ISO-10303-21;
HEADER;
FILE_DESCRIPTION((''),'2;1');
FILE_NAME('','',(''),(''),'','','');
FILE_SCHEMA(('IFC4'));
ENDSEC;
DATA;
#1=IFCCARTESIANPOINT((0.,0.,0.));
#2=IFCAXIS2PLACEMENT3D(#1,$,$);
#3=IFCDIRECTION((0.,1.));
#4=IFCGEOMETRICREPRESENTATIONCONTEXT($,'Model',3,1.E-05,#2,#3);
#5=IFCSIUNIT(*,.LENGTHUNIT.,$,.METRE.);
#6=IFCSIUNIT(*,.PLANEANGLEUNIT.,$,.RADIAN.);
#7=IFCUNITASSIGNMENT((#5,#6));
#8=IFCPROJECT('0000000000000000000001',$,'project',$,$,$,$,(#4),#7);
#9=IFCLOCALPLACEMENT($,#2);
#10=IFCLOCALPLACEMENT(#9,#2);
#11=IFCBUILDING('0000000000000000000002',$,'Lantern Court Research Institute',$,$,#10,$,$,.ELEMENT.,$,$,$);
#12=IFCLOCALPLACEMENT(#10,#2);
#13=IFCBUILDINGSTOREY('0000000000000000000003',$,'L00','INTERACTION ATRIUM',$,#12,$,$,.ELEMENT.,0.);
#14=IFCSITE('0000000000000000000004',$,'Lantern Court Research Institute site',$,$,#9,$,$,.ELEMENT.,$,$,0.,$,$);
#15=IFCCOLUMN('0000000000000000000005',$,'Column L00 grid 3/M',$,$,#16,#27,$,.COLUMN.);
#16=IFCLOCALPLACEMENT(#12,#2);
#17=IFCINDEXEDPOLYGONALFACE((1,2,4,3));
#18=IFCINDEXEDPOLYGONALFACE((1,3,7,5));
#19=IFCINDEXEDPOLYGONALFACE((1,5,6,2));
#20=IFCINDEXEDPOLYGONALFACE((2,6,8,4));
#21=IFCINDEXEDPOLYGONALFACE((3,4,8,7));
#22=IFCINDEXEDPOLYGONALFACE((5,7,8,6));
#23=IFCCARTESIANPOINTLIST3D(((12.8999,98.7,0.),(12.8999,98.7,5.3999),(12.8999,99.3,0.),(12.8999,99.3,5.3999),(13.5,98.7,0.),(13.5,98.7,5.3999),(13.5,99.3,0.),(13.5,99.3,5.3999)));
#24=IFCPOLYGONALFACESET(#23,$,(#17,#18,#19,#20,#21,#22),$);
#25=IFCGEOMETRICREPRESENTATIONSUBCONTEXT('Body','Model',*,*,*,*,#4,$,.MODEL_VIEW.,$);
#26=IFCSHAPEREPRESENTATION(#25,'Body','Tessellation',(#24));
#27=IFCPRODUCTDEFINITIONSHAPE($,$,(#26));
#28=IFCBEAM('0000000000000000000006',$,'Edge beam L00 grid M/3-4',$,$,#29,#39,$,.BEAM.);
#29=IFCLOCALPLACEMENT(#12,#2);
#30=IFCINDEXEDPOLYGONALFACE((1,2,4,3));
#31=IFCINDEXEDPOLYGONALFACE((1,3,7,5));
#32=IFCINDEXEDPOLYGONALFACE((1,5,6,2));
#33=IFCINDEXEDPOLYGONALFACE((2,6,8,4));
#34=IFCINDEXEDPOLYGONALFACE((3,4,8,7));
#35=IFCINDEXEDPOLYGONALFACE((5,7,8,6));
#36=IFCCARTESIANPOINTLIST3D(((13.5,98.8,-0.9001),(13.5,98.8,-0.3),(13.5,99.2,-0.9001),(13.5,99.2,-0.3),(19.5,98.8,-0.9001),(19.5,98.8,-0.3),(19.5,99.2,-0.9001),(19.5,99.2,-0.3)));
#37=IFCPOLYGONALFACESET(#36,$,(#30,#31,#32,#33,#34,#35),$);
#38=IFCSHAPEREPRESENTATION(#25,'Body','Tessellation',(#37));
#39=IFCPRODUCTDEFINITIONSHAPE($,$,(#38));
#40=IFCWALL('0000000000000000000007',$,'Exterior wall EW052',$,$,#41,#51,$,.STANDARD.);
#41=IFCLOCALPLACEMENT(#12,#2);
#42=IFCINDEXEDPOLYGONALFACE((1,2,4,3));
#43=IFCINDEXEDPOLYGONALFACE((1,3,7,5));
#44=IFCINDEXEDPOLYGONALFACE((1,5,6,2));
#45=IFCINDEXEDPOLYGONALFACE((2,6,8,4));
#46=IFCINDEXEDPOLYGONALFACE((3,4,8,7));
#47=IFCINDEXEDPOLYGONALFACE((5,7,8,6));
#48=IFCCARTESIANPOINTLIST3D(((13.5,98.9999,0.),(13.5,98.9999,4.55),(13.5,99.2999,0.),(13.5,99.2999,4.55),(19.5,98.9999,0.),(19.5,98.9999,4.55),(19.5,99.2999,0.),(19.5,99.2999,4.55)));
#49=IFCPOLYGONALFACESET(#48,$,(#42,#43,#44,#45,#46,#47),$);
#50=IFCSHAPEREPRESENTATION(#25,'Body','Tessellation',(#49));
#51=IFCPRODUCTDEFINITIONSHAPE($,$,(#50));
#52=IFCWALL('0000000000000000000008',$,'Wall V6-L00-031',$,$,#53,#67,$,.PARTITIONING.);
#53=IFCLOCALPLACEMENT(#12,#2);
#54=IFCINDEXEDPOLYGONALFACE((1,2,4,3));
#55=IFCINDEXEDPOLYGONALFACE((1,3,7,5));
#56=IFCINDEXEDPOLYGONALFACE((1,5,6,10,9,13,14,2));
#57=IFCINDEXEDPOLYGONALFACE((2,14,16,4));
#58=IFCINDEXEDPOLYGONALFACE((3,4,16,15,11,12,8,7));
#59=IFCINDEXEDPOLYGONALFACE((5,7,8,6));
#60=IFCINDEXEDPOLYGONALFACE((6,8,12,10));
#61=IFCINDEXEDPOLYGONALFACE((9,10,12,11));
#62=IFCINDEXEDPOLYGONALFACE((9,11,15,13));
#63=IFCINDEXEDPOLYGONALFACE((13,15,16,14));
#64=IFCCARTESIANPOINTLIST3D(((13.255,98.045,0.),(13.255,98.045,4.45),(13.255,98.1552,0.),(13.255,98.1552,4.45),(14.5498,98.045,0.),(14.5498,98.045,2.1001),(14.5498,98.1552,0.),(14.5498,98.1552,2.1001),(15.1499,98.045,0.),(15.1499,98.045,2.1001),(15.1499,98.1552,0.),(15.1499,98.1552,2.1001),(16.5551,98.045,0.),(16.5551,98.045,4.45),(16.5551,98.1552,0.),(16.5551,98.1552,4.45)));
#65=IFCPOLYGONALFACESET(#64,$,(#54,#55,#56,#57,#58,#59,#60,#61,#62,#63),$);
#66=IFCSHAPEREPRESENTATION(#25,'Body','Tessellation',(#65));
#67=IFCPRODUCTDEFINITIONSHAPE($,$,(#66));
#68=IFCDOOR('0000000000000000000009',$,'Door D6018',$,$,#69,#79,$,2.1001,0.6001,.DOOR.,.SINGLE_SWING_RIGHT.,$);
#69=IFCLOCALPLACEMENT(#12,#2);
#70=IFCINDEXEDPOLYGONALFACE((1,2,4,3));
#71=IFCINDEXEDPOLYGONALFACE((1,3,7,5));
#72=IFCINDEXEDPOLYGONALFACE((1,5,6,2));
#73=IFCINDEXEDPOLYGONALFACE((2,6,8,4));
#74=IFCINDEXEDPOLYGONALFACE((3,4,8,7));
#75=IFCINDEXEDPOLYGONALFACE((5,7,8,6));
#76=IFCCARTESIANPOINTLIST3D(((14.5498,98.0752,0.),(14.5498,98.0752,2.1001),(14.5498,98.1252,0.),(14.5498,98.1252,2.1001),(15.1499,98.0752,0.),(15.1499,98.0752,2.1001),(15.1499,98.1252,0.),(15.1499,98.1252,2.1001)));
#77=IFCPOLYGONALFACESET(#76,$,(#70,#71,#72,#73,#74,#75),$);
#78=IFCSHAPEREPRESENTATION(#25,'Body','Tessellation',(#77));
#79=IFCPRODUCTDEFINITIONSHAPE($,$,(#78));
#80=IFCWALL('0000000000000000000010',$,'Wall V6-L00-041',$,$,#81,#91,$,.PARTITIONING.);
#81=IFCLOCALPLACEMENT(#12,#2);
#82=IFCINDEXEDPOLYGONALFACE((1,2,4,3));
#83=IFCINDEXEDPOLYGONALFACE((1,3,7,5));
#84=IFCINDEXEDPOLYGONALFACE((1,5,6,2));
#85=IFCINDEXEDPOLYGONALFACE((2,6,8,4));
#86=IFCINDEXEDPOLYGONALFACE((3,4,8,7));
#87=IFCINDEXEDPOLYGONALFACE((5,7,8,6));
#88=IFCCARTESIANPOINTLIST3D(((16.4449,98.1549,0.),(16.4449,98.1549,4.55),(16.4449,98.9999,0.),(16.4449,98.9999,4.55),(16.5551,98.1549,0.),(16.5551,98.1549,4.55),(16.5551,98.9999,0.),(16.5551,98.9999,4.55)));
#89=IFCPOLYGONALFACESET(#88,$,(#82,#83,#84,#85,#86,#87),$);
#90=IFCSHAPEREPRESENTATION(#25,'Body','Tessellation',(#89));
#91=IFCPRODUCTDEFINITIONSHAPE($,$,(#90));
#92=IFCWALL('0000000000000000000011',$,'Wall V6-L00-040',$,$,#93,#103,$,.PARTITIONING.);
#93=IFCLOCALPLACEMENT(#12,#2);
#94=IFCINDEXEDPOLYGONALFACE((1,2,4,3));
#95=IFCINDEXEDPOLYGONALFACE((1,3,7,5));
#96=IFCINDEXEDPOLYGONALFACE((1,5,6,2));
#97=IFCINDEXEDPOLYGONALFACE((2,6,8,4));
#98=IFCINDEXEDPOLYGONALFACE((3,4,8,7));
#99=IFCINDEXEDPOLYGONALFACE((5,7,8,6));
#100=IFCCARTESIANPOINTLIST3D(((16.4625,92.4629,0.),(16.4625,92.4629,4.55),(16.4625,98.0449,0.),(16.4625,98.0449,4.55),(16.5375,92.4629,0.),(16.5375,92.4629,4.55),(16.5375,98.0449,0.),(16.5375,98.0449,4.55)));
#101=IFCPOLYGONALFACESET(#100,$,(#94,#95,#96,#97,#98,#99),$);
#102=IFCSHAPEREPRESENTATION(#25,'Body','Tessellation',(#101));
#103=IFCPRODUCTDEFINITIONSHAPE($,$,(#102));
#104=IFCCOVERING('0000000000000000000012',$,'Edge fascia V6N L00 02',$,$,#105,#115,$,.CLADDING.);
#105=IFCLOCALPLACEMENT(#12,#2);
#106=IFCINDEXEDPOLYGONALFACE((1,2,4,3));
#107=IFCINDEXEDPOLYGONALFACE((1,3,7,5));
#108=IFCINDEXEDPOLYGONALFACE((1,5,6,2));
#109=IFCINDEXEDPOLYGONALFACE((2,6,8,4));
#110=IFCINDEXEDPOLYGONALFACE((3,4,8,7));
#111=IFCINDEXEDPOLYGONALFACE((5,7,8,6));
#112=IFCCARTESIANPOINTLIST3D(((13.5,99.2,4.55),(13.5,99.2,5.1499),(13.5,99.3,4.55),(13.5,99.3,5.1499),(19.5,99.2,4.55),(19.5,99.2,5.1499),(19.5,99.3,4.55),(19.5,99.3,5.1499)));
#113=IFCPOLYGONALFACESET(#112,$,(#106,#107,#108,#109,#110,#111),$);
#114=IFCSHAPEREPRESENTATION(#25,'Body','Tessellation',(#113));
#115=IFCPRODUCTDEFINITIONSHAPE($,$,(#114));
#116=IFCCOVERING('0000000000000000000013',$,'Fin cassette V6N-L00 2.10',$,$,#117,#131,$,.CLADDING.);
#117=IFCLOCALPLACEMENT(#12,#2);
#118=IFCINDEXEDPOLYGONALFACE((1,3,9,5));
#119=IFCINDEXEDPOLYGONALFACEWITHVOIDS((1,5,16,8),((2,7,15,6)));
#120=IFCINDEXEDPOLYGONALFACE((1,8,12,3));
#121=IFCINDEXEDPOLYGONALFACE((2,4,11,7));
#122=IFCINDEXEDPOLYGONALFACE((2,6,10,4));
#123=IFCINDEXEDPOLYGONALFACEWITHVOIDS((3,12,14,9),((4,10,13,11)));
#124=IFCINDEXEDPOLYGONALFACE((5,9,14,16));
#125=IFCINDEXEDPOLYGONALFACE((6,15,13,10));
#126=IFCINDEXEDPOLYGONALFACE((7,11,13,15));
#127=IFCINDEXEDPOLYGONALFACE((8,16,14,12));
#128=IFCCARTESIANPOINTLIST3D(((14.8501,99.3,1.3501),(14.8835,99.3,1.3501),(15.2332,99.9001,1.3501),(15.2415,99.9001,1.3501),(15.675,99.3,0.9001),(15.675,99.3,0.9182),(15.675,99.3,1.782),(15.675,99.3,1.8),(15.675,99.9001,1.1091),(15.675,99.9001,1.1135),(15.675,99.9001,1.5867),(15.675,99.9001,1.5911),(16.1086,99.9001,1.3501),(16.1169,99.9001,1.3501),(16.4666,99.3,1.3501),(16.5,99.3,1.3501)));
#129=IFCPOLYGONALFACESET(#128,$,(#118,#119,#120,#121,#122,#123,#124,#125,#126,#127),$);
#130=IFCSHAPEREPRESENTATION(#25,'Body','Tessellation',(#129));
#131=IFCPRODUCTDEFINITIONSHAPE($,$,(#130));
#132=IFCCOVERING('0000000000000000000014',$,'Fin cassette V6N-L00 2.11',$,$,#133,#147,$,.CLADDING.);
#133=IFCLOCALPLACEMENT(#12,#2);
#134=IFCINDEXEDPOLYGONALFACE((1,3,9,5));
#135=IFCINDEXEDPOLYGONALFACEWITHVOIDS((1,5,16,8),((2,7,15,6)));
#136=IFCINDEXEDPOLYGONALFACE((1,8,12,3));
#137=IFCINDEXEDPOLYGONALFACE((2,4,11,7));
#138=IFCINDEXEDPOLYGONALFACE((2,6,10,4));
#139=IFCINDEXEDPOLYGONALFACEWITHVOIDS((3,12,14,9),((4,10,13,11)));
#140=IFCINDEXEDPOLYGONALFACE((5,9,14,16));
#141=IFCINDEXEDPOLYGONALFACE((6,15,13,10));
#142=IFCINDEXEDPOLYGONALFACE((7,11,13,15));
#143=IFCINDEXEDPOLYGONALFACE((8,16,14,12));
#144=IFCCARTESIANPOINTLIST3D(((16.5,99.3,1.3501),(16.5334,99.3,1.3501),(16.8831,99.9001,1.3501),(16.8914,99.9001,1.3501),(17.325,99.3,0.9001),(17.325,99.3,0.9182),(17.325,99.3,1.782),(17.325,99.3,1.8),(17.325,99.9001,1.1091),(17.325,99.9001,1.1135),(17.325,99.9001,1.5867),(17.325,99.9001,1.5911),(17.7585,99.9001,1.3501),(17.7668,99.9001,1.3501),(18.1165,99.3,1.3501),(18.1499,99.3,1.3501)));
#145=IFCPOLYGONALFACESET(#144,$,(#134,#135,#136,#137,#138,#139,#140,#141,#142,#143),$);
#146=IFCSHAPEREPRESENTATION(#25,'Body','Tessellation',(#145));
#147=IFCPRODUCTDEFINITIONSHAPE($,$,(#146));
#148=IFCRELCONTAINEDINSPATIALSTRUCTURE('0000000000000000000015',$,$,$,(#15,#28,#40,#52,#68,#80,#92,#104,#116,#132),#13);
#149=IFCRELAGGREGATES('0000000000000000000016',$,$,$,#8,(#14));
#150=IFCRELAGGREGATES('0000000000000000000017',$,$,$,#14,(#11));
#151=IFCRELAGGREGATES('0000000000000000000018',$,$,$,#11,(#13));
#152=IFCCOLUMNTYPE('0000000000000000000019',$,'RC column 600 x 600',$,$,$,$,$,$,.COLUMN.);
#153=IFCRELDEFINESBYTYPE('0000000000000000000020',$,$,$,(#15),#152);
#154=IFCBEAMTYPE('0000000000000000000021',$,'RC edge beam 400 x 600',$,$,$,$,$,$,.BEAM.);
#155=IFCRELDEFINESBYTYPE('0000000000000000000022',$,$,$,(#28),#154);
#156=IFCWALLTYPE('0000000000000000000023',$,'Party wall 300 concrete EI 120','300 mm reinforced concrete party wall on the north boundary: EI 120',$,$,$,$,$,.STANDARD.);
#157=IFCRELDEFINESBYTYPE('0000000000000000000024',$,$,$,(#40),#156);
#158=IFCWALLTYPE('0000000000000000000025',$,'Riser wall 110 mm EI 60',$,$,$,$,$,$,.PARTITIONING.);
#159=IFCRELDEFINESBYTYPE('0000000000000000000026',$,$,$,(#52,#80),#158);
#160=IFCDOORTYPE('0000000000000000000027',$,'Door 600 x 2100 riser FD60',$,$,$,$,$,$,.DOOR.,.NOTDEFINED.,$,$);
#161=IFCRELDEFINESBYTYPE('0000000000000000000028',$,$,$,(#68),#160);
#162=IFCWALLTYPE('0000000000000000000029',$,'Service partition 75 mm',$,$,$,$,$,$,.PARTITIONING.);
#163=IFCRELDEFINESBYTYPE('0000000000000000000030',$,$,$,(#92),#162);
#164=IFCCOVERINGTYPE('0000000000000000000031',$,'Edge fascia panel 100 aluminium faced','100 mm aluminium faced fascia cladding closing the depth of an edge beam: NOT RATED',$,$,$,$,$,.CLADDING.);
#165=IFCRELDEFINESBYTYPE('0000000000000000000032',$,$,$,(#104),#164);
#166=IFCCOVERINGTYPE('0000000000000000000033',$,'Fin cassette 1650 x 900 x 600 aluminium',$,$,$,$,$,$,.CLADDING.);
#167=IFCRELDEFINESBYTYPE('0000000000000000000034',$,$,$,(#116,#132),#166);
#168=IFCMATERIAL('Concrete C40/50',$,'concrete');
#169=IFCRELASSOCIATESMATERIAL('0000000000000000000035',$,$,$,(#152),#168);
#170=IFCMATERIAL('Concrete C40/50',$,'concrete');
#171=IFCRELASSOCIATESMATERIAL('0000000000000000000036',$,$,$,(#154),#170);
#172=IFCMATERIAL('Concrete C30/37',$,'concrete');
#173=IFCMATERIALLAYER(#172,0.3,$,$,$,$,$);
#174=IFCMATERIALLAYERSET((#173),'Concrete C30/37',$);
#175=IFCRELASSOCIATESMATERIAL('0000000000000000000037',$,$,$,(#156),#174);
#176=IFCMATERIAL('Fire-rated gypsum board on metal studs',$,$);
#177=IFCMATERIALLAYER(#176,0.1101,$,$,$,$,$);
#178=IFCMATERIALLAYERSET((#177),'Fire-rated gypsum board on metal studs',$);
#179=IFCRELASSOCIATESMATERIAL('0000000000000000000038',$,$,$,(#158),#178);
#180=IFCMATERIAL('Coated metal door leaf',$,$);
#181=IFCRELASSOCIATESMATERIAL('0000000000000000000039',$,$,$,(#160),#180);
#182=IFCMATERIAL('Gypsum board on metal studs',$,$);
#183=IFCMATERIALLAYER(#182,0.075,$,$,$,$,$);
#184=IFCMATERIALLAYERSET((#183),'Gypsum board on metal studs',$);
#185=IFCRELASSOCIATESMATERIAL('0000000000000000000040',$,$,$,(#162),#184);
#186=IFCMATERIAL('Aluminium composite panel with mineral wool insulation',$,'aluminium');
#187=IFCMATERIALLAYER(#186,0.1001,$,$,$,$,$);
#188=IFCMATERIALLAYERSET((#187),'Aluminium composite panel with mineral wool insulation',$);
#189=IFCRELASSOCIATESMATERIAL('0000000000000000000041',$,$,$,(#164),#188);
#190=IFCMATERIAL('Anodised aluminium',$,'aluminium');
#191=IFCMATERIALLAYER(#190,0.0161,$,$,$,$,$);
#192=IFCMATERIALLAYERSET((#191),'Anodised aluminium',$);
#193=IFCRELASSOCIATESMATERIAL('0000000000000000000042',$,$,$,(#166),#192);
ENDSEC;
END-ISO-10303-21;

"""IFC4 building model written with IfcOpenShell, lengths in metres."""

from ifc_helpers import new_model, entity, si_unit, direction, frame, frame_2d, origin, origin_2d, place, context, subcontext, project, spatial, rectangle, extrude, material, layer, layer_set, material_profile, profile_set, type_object, element, fill, save


model = new_model("IFC4")

# Units and contexts
model_context = context("Model", 3, precision=1e-05, world=origin(), true_north=direction((0.0, 1.0)))
body_context = subcontext(model_context, "Body", "Model", "MODEL_VIEW")
ifc_project = project(units=[si_unit("LENGTHUNIT", "METRE"), si_unit("PLANEANGLEUNIT", "RADIAN")], contexts=[model_context])

# Site, building, storey
site_placement = place(None, origin())
site = spatial("IfcSite", under=ifc_project, at=site_placement, Name="Lantern Court Research Institute site", CompositionType="ELEMENT", RefElevation=0.0)
building_placement = place(site_placement, origin())
building = spatial("IfcBuilding", under=site, at=building_placement, Name="Lantern Court Research Institute", CompositionType="ELEMENT")
storey_placement = place(building_placement, origin())
storey = spatial("IfcBuildingStorey", under=building, at=storey_placement, Name="L00", Description="INTERACTION ATRIUM", CompositionType="ELEMENT", Elevation=0.0)

# Column
ifc_material_1 = material(Name="Concrete C40/50", Category="concrete")
ifc_material_profile_1 = material_profile(ifc_material_1, rectangle(XDim=0.6001, YDim=0.6001, at=origin_2d()), Name="RC column 600 x 600")
ifc_profile_set_1 = profile_set([ifc_material_profile_1], Name="Concrete C40/50")
column_type = type_object("IfcColumnType", Name="RC column 600 x 600", PredefinedType="COLUMN", material=ifc_profile_set_1)
column_placement = place(storey_placement, frame((13.2, 99.0, 0.0), z_axis=(0.0, 0.0, 1.0), x_axis=(1.0, 0.0, 0.0)))
element("IfcColumn", 1, at=column_placement, inside=storey, type_object=column_type, Name="Column L00 grid 3/M", PredefinedType="COLUMN", context=body_context, shape_type="SweptSolid", body=[
    extrude(rectangle(XDim=0.6001, YDim=0.6001, at=origin_2d()), origin(), (0.0, 0.0, 1.0), 5.3999),
])

# Beam
ifc_material_2 = material(Name="Concrete C40/50", Category="concrete")
ifc_material_profile_2 = material_profile(ifc_material_2, rectangle(XDim=0.3999, YDim=0.6001, at=origin_2d()), Name="RC beam 400 x 600")
ifc_profile_set_2 = profile_set([ifc_material_profile_2], Name="Concrete C40/50")
beam_type = type_object("IfcBeamType", Name="RC edge beam 400 x 600", PredefinedType="BEAM", material=ifc_profile_set_2)
beam_placement = place(storey_placement, frame((13.5, 99.0, -0.6001), z_axis=(1.0, 0.0, 0.0), x_axis=(0.0, 1.0, 0.0)))
element("IfcBeam", 2, at=beam_placement, inside=storey, type_object=beam_type, Name="Edge beam L00 grid M/3-4", PredefinedType="BEAM", context=body_context, shape_type="SweptSolid", body=[
    extrude(rectangle(XDim=0.3999, YDim=0.6001, at=origin_2d()), origin(), (0.0, 0.0, 1.0), 6.0),
])

# Wall
ifc_material_3 = material(Name="Concrete C30/37", Category="concrete")
ifc_layer_1 = layer(ifc_material_3, 0.3)
ifc_layer_set_1 = layer_set([ifc_layer_1], Name="Concrete C30/37")
wall_type_1 = type_object("IfcWallType", Name="Party wall 300 concrete EI 120", Description="300 mm reinforced concrete party wall on the north boundary: EI 120", PredefinedType="STANDARD", material=ifc_layer_set_1)
wall_1_placement = place(storey_placement, frame((13.5, 99.1499, 0.0), z_axis=(0.0, 0.0, 1.0), x_axis=(1.0, 0.0, 0.0)))
element("IfcWall", 3, at=wall_1_placement, inside=storey, type_object=wall_type_1, Name="Exterior wall EW052", PredefinedType="STANDARD", context=body_context, shape_type="SweptSolid", body=[
    extrude(rectangle(XDim=6.0, YDim=0.3, at=frame_2d((3.0, 0.0))), origin(), (0.0, 0.0, 1.0), 4.55),
])

# Wall, opening, door
ifc_material_4 = material(Name="Fire-rated gypsum board on metal studs")
ifc_layer_2 = layer(ifc_material_4, 0.1101)
ifc_layer_set_2 = layer_set([ifc_layer_2], Name="Fire-rated gypsum board on metal studs")
wall_type_2 = type_object("IfcWallType", Name="Riser wall 110 mm EI 60", PredefinedType="PARTITIONING", material=ifc_layer_set_2)
wall_2_placement = place(storey_placement, frame((16.5549, 98.1001, 0.0), z_axis=(0.0, 0.0, 1.0), x_axis=(-1.0, 0.0, 0.0)))
wall_2 = element("IfcWall", 4, at=wall_2_placement, inside=storey, type_object=wall_type_2, Name="Wall V6-L00-031", PredefinedType="PARTITIONING", context=body_context, shape_type="SweptSolid", body=[
    extrude(rectangle(XDim=3.3, YDim=0.1101, at=frame_2d((1.6499, 0.0))), origin(), (0.0, 0.0, 1.0), 4.45),
])
opening_placement = place(wall_2_placement, frame((1.405, 0.0, 0.0)))
opening = element("IfcOpeningElement", 5, at=opening_placement, cuts=wall_2, PredefinedType="OPENING", context=body_context, shape_type="SweptSolid", body=[
    extrude(rectangle(XDim=0.6001, YDim=2.1001, at=frame_2d((0.3, 1.05))), frame((0.0, 0.0649, 0.0), z_axis=(0.0, -1.0, 0.0), x_axis=(1.0, 0.0, 0.0)), (0.0, 0.0, 1.0), 0.1301),
])
ifc_material_5 = material(Name="Coated metal door leaf")
door_type = type_object("IfcDoorType", Name="Door 600 x 2100 riser FD60", OperationType="NOTDEFINED", PredefinedType="DOOR", material=ifc_material_5)
door_placement = place(opening_placement, origin())
door = element("IfcDoor", 6, at=door_placement, inside=storey, type_object=door_type, Name="Door D6018", OperationType="SINGLE_SWING_RIGHT", OverallHeight=2.1001, OverallWidth=0.6001, PredefinedType="DOOR", context=body_context, shape_type="SweptSolid", body=[
    extrude(rectangle(XDim=0.6001, YDim=2.1001, at=frame_2d((0.3, 1.05))), frame((0.0, 0.0249, 0.0), z_axis=(0.0, -1.0, 0.0), x_axis=(1.0, 0.0, 0.0)), (0.0, 0.0, 1.0), 0.05),
])
fill(opening, door)

# Walls
wall_3_placement = place(storey_placement, frame((16.5, 98.155, 0.0), z_axis=(0.0, 0.0, 1.0), x_axis=(0.0, 1.0, 0.0)))
element("IfcWall", 7, at=wall_3_placement, inside=storey, type_object=wall_type_2, Name="Wall V6-L00-041", PredefinedType="PARTITIONING", context=body_context, shape_type="SweptSolid", body=[
    extrude(rectangle(XDim=0.845, YDim=0.1101, at=frame_2d((0.4224, 0.0))), origin(), (0.0, 0.0, 1.0), 4.55),
])
ifc_material_6 = material(Name="Gypsum board on metal studs")
ifc_layer_3 = layer(ifc_material_6, 0.075)
ifc_layer_set_3 = layer_set([ifc_layer_3], Name="Gypsum board on metal studs")
wall_type_3 = type_object("IfcWallType", Name="Service partition 75 mm", PredefinedType="PARTITIONING", material=ifc_layer_set_3)
wall_4_placement = place(storey_placement, frame((16.5, 92.4629, 0.0), z_axis=(0.0, 0.0, 1.0), x_axis=(0.0, 1.0, 0.0)))
element("IfcWall", 8, at=wall_4_placement, inside=storey, type_object=wall_type_3, Name="Wall V6-L00-040", PredefinedType="PARTITIONING", context=body_context, shape_type="SweptSolid", body=[
    extrude(rectangle(XDim=5.582, YDim=0.075, at=frame_2d((2.791, 0.0))), origin(), (0.0, 0.0, 1.0), 4.55),
])

# Coverings
ifc_material_7 = material(Name="Aluminium composite panel with mineral wool insulation", Category="aluminium")
ifc_layer_4 = layer(ifc_material_7, 0.1001)
ifc_layer_set_4 = layer_set([ifc_layer_4], Name="Aluminium composite panel with mineral wool insulation")
covering_type_1 = type_object("IfcCoveringType", Name="Edge fascia panel 100 aluminium faced", Description="100 mm aluminium faced fascia cladding closing the depth of an edge beam: NOT RATED", PredefinedType="CLADDING", material=ifc_layer_set_4)
covering_1_placement = place(storey_placement, frame((13.5, 99.25, 4.55), z_axis=(0.0, 0.0, 1.0), x_axis=(1.0, 0.0, 0.0)))
element("IfcCovering", 9, at=covering_1_placement, inside=storey, type_object=covering_type_1, Name="Edge fascia V6N L00 02", PredefinedType="CLADDING", context=body_context, shape_type="SweptSolid", body=[
    extrude(rectangle(XDim=6.0, YDim=0.1001, at=frame_2d((3.0, 0.0))), origin(), (0.0, 0.0, 1.0), 0.5999),
])
ifc_material_8 = material(Name="Anodised aluminium", Category="aluminium")
ifc_layer_5 = layer(ifc_material_8, 0.0161)
ifc_layer_set_5 = layer_set([ifc_layer_5], Name="Anodised aluminium")
covering_type_2 = type_object("IfcCoveringType", Name="Fin cassette 1650 x 900 x 600 aluminium", PredefinedType="CLADDING", material=ifc_layer_set_5)
covering_2_placement = place(storey_placement, frame((15.675, 99.3, 1.3501), z_axis=(0.0, 1.0, 0.0), x_axis=(-1.0, 0.0, 0.0)))
cartesian_point_1 = entity("IfcCartesianPoint", [0.825, 0.0])
cartesian_point_2 = entity("IfcCartesianPoint", [0.7915, 0.0])
cartesian_point_3 = entity("IfcCartesianPoint", [0.4419, 0.0])
cartesian_point_4 = entity("IfcCartesianPoint", [0.4336, 0.0])
element("IfcCovering", 10, at=covering_2_placement, inside=storey, type_object=covering_type_2, Name="Fin cassette V6N-L00 2.10", PredefinedType="CLADDING", context=body_context, shape_type="SweptSolid", body=[
    entity("IfcExtrudedAreaSolidTapered", entity("IfcArbitraryProfileDefWithVoids", "AREA", None, entity("IfcPolyline", [cartesian_point_1, entity("IfcCartesianPoint", [0.0, 0.45]), entity("IfcCartesianPoint", [-0.825, 0.0]), entity("IfcCartesianPoint", [0.0, -0.45]), cartesian_point_1]), [entity("IfcPolyline", [cartesian_point_2, entity("IfcCartesianPoint", [0.0, 0.4319]), entity("IfcCartesianPoint", [-0.7915, 0.0]), entity("IfcCartesianPoint", [0.0, -0.4319]), cartesian_point_2])]), entity("IfcAxis2Placement3D", entity("IfcCartesianPoint", [0.0, 0.0, 0.0])), entity("IfcDirection", [0.0, 0.0, 1.0]), 0.6001, entity("IfcArbitraryProfileDefWithVoids", "AREA", None, entity("IfcPolyline", [cartesian_point_3, entity("IfcCartesianPoint", [0.0, 0.241]), entity("IfcCartesianPoint", [-0.4419, 0.0]), entity("IfcCartesianPoint", [0.0, -0.241]), cartesian_point_3]), [entity("IfcPolyline", [cartesian_point_4, entity("IfcCartesianPoint", [0.0, 0.2366]), entity("IfcCartesianPoint", [-0.4336, 0.0]), entity("IfcCartesianPoint", [0.0, -0.2366]), cartesian_point_4])])),
])
covering_3_placement = place(storey_placement, frame((17.325, 99.3, 1.3501), z_axis=(0.0, 1.0, 0.0), x_axis=(-1.0, 0.0, 0.0)))
cartesian_point_5 = entity("IfcCartesianPoint", [0.825, 0.0])
cartesian_point_6 = entity("IfcCartesianPoint", [0.7915, 0.0])
cartesian_point_7 = entity("IfcCartesianPoint", [0.4419, 0.0])
cartesian_point_8 = entity("IfcCartesianPoint", [0.4336, 0.0])
element("IfcCovering", 11, at=covering_3_placement, inside=storey, type_object=covering_type_2, Name="Fin cassette V6N-L00 2.11", PredefinedType="CLADDING", context=body_context, shape_type="SweptSolid", body=[
    entity("IfcExtrudedAreaSolidTapered", entity("IfcArbitraryProfileDefWithVoids", "AREA", None, entity("IfcPolyline", [cartesian_point_5, entity("IfcCartesianPoint", [0.0, 0.45]), entity("IfcCartesianPoint", [-0.825, 0.0]), entity("IfcCartesianPoint", [0.0, -0.45]), cartesian_point_5]), [entity("IfcPolyline", [cartesian_point_6, entity("IfcCartesianPoint", [0.0, 0.4319]), entity("IfcCartesianPoint", [-0.7915, 0.0]), entity("IfcCartesianPoint", [0.0, -0.4319]), cartesian_point_6])]), entity("IfcAxis2Placement3D", entity("IfcCartesianPoint", [0.0, 0.0, 0.0])), entity("IfcDirection", [0.0, 0.0, 1.0]), 0.6001, entity("IfcArbitraryProfileDefWithVoids", "AREA", None, entity("IfcPolyline", [cartesian_point_7, entity("IfcCartesianPoint", [0.0, 0.241]), entity("IfcCartesianPoint", [-0.4419, 0.0]), entity("IfcCartesianPoint", [0.0, -0.241]), cartesian_point_7]), [entity("IfcPolyline", [cartesian_point_8, entity("IfcCartesianPoint", [0.0, 0.2366]), entity("IfcCartesianPoint", [-0.4336, 0.0]), entity("IfcCartesianPoint", [0.0, -0.2366]), cartesian_point_8])])),
])

save(model, "model.ifc")
